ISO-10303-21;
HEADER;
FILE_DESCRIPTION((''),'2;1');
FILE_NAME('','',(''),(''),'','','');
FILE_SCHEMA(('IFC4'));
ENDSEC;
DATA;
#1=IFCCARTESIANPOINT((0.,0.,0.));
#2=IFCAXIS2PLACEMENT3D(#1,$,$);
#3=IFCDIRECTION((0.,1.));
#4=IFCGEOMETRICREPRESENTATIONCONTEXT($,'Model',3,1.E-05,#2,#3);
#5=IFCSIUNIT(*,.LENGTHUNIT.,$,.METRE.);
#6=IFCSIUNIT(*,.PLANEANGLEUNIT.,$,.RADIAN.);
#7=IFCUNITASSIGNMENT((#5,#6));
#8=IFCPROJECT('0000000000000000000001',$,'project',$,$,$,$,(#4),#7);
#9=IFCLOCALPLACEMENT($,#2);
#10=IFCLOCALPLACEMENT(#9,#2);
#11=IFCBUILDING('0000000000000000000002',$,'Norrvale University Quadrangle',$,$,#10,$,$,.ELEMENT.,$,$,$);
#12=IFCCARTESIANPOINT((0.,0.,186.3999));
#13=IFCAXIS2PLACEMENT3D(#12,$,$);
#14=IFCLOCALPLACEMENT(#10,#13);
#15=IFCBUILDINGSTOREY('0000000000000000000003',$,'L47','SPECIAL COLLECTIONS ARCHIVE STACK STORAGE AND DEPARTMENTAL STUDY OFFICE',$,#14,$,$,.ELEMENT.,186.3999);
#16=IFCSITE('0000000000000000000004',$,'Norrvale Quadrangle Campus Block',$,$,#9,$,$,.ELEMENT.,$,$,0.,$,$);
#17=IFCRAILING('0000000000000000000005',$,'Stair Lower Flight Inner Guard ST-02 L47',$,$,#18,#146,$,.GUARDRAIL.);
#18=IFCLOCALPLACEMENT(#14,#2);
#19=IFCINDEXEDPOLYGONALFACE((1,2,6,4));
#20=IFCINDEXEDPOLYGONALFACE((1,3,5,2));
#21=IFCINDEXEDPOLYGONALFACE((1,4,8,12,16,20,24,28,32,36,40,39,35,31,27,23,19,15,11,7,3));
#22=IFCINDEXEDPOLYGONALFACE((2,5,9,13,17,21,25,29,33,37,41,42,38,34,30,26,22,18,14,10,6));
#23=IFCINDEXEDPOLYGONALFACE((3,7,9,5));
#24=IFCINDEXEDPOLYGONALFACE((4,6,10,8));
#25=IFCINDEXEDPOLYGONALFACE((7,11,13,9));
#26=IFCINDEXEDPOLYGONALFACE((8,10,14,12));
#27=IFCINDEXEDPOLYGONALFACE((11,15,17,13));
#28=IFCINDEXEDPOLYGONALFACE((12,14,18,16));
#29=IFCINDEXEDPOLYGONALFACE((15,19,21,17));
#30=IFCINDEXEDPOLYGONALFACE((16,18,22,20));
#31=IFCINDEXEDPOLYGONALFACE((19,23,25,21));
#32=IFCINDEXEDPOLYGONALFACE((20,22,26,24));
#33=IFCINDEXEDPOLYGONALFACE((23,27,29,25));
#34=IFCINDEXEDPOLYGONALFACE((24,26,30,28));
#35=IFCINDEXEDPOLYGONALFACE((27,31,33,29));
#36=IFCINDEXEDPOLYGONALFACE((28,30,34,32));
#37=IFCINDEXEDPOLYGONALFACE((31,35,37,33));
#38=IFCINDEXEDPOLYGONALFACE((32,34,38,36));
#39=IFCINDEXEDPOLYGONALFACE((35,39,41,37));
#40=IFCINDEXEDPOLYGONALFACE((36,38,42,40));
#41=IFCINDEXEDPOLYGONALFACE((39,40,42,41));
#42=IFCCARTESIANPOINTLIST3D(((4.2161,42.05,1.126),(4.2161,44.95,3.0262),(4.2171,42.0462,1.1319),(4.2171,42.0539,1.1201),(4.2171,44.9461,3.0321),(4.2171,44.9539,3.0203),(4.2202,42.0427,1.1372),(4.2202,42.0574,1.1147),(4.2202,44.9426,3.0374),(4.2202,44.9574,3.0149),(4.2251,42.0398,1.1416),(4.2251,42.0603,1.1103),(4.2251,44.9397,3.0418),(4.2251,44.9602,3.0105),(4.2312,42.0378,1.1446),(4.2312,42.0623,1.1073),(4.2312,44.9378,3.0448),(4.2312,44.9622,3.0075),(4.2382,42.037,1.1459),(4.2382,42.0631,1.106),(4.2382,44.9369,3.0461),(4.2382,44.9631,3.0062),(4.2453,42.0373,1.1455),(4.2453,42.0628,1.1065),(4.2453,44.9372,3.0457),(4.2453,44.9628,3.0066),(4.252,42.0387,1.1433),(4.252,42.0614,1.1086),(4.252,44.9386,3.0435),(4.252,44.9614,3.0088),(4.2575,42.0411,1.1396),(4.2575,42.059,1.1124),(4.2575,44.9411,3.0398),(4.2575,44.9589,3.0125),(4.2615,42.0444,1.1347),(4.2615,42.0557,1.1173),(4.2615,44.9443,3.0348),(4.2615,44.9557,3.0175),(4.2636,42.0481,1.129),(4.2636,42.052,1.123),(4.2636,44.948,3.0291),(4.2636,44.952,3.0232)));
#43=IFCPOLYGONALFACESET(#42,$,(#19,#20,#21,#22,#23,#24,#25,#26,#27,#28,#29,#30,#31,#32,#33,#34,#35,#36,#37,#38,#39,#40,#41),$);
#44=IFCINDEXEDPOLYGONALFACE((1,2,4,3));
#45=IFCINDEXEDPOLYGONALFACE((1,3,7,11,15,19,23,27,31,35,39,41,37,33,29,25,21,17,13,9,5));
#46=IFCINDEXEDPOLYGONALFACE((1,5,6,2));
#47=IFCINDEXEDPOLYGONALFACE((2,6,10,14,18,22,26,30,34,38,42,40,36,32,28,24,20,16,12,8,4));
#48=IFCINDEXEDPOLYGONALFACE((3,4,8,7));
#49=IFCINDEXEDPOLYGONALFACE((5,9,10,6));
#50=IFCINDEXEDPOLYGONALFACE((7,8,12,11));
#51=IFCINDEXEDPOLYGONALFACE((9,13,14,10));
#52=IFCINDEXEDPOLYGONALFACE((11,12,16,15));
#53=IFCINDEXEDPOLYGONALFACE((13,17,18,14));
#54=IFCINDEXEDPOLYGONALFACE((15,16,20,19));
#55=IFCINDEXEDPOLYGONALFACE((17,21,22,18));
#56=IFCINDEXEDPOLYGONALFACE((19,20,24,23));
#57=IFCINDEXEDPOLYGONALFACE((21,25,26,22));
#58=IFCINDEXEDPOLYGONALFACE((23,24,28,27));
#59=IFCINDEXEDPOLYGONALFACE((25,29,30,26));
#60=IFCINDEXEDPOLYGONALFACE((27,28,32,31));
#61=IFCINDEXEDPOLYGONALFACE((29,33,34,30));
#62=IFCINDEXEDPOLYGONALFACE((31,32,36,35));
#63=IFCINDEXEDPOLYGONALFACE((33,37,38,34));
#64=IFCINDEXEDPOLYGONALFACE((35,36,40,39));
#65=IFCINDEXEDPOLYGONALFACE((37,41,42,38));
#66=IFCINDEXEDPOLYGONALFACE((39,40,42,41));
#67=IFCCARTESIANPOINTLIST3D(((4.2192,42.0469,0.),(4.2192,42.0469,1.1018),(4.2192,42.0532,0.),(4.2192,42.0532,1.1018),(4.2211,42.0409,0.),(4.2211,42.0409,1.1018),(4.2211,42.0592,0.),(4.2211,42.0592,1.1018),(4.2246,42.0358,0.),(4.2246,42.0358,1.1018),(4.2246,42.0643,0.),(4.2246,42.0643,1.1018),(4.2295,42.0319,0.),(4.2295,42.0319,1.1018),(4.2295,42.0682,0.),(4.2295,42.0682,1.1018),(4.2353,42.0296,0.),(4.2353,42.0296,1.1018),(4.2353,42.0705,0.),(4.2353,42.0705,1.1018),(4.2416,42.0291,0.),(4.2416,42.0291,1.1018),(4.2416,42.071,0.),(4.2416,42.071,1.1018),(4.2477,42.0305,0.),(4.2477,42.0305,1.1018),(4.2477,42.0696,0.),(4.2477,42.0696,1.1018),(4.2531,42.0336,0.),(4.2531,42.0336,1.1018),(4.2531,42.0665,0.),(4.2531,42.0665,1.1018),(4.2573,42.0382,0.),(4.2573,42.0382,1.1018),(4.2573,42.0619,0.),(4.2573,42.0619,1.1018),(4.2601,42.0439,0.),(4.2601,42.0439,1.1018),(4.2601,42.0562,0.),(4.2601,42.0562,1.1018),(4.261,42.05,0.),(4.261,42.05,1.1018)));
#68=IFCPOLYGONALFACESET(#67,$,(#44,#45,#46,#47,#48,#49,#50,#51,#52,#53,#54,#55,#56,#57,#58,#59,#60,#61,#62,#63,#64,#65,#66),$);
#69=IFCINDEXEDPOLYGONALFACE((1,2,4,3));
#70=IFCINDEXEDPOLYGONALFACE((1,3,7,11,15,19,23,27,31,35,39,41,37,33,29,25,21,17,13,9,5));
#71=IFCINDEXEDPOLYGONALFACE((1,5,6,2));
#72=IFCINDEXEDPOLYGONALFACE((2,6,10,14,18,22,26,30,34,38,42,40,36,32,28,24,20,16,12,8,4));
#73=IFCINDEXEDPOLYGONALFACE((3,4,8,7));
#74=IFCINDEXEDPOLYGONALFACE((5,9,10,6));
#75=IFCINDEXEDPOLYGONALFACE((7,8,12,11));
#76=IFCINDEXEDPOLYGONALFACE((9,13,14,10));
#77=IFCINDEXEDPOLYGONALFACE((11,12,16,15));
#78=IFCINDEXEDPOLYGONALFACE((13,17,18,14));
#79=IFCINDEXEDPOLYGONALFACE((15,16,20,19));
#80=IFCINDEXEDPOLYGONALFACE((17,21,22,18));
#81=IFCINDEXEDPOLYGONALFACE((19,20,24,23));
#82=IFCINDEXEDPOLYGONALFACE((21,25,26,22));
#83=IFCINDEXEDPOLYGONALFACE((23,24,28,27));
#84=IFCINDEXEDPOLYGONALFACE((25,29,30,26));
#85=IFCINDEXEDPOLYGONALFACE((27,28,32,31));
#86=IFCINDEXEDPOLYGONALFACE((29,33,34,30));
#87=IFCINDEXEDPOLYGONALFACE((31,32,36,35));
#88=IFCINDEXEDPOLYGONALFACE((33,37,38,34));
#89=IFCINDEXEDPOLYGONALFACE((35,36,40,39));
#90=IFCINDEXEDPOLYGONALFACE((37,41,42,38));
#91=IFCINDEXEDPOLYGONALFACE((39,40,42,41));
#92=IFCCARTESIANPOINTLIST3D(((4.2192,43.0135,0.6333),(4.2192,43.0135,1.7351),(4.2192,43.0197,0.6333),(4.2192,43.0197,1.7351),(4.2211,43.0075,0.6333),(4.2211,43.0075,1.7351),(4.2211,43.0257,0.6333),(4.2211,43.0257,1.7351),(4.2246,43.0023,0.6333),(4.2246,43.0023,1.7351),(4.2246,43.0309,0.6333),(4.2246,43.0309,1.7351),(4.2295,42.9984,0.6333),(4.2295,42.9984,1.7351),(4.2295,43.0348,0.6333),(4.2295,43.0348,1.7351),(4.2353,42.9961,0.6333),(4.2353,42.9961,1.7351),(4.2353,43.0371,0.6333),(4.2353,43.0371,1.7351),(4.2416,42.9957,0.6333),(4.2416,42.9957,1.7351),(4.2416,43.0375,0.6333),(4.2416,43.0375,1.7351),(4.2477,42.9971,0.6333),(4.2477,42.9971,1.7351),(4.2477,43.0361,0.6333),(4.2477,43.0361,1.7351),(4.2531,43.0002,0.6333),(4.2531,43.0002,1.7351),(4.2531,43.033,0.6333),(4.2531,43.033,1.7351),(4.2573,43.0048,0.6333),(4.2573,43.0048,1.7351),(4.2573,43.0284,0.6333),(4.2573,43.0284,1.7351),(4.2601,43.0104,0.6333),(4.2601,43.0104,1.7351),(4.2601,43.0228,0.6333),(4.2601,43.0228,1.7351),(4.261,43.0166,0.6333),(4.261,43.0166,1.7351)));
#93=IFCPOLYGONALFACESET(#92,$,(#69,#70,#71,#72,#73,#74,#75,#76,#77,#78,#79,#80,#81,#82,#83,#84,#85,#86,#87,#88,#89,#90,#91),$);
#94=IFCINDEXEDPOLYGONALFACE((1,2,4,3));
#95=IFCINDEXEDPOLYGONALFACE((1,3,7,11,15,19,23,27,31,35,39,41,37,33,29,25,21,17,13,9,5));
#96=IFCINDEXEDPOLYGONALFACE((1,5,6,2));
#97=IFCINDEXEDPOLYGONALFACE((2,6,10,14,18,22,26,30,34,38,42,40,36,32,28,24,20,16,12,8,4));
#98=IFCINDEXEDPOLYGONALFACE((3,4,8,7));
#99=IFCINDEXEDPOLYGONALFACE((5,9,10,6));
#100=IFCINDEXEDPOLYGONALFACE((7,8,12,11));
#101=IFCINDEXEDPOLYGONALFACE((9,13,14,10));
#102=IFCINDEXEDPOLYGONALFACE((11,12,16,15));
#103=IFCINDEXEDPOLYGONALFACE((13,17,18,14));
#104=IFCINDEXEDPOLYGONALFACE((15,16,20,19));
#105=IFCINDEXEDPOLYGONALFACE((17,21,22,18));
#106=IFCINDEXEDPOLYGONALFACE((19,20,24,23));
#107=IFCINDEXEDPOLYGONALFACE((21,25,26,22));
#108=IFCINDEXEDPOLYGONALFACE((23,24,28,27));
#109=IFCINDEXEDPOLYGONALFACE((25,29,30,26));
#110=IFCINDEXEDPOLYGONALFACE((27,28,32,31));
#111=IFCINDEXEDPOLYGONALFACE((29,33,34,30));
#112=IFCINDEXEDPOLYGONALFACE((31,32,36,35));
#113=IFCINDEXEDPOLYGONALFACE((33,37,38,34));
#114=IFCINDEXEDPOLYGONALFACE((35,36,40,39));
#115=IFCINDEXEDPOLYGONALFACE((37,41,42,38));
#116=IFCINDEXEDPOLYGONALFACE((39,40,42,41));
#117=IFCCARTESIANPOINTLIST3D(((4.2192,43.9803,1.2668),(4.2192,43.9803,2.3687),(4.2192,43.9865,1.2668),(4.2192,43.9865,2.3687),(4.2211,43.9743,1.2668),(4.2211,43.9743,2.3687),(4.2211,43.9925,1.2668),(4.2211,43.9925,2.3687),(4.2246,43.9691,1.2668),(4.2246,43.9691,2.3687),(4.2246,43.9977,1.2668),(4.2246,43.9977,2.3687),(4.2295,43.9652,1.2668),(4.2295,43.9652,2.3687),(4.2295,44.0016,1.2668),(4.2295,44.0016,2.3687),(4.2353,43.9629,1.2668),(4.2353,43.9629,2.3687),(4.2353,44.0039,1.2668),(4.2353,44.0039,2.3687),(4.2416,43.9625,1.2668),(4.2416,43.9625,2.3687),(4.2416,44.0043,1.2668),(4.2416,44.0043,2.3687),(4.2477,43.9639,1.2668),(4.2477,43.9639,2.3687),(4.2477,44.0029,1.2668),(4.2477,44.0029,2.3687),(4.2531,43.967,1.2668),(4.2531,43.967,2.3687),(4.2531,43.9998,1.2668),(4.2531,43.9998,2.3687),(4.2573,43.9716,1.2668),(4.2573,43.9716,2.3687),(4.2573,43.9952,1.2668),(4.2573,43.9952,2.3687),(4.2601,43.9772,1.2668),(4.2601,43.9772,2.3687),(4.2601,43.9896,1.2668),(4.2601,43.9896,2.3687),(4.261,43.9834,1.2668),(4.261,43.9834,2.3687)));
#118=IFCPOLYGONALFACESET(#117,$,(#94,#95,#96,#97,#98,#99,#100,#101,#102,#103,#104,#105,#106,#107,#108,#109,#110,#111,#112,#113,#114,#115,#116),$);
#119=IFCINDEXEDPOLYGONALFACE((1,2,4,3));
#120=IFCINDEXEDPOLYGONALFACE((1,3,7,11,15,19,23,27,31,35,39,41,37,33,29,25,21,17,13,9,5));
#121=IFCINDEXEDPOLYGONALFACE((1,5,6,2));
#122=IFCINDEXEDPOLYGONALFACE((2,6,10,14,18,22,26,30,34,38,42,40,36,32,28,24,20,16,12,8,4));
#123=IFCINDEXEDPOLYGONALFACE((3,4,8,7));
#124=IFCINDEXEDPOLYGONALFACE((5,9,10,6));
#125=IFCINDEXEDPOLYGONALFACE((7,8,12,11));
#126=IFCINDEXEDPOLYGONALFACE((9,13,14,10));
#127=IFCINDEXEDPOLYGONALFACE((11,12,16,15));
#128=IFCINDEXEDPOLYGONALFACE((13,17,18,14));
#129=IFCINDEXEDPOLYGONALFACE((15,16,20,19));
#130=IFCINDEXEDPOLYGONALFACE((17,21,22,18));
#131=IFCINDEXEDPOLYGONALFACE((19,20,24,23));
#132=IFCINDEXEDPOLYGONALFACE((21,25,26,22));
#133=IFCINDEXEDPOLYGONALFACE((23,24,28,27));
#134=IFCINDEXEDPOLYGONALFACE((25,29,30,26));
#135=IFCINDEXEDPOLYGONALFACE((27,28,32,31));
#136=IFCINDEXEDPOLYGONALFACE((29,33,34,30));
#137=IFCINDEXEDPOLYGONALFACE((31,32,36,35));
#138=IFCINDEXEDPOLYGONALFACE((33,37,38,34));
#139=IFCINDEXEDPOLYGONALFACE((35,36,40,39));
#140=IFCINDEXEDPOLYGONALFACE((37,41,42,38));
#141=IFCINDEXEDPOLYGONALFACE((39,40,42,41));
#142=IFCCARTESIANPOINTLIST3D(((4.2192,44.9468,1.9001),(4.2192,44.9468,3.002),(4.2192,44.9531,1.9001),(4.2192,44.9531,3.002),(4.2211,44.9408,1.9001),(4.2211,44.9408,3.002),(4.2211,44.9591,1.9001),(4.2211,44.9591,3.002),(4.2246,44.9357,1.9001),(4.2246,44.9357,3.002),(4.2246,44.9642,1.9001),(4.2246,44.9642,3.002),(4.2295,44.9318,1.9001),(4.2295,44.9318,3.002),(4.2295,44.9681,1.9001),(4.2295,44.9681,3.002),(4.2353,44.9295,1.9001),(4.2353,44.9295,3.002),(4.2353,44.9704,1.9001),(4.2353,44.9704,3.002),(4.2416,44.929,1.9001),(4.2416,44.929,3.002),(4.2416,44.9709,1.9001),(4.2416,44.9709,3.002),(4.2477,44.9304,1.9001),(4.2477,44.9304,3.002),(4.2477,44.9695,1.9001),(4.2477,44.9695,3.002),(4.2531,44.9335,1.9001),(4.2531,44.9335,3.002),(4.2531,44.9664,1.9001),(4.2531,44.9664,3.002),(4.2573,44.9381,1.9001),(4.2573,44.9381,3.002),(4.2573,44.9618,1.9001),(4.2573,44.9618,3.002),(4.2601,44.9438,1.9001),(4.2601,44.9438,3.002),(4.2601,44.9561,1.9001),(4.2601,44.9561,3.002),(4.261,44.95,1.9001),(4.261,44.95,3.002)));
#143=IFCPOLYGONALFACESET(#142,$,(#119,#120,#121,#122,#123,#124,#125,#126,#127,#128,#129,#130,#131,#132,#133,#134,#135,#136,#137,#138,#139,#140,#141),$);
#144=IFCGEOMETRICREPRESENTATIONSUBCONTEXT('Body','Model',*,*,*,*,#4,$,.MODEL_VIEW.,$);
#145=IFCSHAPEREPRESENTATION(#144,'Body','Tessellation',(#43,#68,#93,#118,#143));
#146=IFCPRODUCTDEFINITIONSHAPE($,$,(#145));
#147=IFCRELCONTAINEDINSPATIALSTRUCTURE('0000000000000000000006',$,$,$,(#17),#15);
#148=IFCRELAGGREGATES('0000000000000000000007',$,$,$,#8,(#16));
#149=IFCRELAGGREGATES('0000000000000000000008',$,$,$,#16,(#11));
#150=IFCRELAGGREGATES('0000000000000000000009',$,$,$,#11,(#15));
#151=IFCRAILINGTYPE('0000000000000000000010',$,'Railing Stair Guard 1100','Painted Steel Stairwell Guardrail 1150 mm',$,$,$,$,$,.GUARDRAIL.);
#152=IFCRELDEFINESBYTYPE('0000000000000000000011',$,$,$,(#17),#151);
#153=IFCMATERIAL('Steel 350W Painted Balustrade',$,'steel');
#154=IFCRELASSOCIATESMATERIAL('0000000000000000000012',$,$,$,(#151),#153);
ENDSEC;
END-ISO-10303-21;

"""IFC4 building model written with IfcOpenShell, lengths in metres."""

from ifc_helpers import new_model, si_unit, direction, frame, origin, origin_2d, place, context, subcontext, project, spatial, circle, extrude, material, type_object, element, save


model = new_model("IFC4")

# Units and contexts
model_context = context("Model", 3, precision=1e-05, world=origin(), true_north=direction((0.0, 1.0)))
body_context = subcontext(model_context, "Body", "Model", "MODEL_VIEW")
ifc_project = project(units=[si_unit("LENGTHUNIT", "METRE"), si_unit("PLANEANGLEUNIT", "RADIAN")], contexts=[model_context])

# Site, building, storey
site_placement = place(None, origin())
site = spatial("IfcSite", under=ifc_project, at=site_placement, Name="Norrvale Quadrangle Campus Block", CompositionType="ELEMENT", RefElevation=0.0)
building_placement = place(site_placement, origin())
building = spatial("IfcBuilding", under=site, at=building_placement, Name="Norrvale University Quadrangle", CompositionType="ELEMENT")
storey_placement = place(building_placement, frame((0.0, 0.0, 186.3999)))
storey = spatial("IfcBuildingStorey", under=building, at=storey_placement, Name="L47", Description="SPECIAL COLLECTIONS ARCHIVE STACK STORAGE AND DEPARTMENTAL STUDY OFFICE", CompositionType="ELEMENT", Elevation=186.3999)

# Railing
ifc_material_1 = material(Name="Steel 350W Painted Balustrade", Category="steel")
railing_type_1 = type_object("IfcRailingType", Name="Railing Stair Guard 1100", Description="Painted Steel Stairwell Guardrail 1150 mm", PredefinedType="GUARDRAIL", material=ifc_material_1)
railing_1_placement = place(storey_placement, frame((4.24, 42.05, 0.0)))
element("IfcRailing", 1, at=railing_1_placement, inside=storey, type_object=railing_type_1, Name="Stair Lower Flight Inner Guard ST-02 L47", PredefinedType="GUARDRAIL", context=body_context, shape_type="SweptSolid", body=[
    extrude(circle(Radius=0.0239, at=origin_2d()), frame((0.0, 0.0, 1.126), z_axis=(0.0, 0.836433, 0.548069), x_axis=(-1.0, 0.0, 0.0)), (0.0, 0.0, 1.0), 3.467),
    extrude(circle(Radius=0.021, at=origin_2d()), origin(), (0.0, 0.0, 1.0), 1.1018),
    extrude(circle(Radius=0.021, at=origin_2d()), frame((0.0, 0.9666, 0.6333)), (0.0, 0.0, 1.0), 1.1018),
    extrude(circle(Radius=0.021, at=origin_2d()), frame((0.0, 1.9333, 1.2668)), (0.0, 0.0, 1.0), 1.1018),
    extrude(circle(Radius=0.021, at=origin_2d()), frame((0.0, 2.8999, 1.9001)), (0.0, 0.0, 1.0), 1.1018),
])

save(model, "model.ifc")
